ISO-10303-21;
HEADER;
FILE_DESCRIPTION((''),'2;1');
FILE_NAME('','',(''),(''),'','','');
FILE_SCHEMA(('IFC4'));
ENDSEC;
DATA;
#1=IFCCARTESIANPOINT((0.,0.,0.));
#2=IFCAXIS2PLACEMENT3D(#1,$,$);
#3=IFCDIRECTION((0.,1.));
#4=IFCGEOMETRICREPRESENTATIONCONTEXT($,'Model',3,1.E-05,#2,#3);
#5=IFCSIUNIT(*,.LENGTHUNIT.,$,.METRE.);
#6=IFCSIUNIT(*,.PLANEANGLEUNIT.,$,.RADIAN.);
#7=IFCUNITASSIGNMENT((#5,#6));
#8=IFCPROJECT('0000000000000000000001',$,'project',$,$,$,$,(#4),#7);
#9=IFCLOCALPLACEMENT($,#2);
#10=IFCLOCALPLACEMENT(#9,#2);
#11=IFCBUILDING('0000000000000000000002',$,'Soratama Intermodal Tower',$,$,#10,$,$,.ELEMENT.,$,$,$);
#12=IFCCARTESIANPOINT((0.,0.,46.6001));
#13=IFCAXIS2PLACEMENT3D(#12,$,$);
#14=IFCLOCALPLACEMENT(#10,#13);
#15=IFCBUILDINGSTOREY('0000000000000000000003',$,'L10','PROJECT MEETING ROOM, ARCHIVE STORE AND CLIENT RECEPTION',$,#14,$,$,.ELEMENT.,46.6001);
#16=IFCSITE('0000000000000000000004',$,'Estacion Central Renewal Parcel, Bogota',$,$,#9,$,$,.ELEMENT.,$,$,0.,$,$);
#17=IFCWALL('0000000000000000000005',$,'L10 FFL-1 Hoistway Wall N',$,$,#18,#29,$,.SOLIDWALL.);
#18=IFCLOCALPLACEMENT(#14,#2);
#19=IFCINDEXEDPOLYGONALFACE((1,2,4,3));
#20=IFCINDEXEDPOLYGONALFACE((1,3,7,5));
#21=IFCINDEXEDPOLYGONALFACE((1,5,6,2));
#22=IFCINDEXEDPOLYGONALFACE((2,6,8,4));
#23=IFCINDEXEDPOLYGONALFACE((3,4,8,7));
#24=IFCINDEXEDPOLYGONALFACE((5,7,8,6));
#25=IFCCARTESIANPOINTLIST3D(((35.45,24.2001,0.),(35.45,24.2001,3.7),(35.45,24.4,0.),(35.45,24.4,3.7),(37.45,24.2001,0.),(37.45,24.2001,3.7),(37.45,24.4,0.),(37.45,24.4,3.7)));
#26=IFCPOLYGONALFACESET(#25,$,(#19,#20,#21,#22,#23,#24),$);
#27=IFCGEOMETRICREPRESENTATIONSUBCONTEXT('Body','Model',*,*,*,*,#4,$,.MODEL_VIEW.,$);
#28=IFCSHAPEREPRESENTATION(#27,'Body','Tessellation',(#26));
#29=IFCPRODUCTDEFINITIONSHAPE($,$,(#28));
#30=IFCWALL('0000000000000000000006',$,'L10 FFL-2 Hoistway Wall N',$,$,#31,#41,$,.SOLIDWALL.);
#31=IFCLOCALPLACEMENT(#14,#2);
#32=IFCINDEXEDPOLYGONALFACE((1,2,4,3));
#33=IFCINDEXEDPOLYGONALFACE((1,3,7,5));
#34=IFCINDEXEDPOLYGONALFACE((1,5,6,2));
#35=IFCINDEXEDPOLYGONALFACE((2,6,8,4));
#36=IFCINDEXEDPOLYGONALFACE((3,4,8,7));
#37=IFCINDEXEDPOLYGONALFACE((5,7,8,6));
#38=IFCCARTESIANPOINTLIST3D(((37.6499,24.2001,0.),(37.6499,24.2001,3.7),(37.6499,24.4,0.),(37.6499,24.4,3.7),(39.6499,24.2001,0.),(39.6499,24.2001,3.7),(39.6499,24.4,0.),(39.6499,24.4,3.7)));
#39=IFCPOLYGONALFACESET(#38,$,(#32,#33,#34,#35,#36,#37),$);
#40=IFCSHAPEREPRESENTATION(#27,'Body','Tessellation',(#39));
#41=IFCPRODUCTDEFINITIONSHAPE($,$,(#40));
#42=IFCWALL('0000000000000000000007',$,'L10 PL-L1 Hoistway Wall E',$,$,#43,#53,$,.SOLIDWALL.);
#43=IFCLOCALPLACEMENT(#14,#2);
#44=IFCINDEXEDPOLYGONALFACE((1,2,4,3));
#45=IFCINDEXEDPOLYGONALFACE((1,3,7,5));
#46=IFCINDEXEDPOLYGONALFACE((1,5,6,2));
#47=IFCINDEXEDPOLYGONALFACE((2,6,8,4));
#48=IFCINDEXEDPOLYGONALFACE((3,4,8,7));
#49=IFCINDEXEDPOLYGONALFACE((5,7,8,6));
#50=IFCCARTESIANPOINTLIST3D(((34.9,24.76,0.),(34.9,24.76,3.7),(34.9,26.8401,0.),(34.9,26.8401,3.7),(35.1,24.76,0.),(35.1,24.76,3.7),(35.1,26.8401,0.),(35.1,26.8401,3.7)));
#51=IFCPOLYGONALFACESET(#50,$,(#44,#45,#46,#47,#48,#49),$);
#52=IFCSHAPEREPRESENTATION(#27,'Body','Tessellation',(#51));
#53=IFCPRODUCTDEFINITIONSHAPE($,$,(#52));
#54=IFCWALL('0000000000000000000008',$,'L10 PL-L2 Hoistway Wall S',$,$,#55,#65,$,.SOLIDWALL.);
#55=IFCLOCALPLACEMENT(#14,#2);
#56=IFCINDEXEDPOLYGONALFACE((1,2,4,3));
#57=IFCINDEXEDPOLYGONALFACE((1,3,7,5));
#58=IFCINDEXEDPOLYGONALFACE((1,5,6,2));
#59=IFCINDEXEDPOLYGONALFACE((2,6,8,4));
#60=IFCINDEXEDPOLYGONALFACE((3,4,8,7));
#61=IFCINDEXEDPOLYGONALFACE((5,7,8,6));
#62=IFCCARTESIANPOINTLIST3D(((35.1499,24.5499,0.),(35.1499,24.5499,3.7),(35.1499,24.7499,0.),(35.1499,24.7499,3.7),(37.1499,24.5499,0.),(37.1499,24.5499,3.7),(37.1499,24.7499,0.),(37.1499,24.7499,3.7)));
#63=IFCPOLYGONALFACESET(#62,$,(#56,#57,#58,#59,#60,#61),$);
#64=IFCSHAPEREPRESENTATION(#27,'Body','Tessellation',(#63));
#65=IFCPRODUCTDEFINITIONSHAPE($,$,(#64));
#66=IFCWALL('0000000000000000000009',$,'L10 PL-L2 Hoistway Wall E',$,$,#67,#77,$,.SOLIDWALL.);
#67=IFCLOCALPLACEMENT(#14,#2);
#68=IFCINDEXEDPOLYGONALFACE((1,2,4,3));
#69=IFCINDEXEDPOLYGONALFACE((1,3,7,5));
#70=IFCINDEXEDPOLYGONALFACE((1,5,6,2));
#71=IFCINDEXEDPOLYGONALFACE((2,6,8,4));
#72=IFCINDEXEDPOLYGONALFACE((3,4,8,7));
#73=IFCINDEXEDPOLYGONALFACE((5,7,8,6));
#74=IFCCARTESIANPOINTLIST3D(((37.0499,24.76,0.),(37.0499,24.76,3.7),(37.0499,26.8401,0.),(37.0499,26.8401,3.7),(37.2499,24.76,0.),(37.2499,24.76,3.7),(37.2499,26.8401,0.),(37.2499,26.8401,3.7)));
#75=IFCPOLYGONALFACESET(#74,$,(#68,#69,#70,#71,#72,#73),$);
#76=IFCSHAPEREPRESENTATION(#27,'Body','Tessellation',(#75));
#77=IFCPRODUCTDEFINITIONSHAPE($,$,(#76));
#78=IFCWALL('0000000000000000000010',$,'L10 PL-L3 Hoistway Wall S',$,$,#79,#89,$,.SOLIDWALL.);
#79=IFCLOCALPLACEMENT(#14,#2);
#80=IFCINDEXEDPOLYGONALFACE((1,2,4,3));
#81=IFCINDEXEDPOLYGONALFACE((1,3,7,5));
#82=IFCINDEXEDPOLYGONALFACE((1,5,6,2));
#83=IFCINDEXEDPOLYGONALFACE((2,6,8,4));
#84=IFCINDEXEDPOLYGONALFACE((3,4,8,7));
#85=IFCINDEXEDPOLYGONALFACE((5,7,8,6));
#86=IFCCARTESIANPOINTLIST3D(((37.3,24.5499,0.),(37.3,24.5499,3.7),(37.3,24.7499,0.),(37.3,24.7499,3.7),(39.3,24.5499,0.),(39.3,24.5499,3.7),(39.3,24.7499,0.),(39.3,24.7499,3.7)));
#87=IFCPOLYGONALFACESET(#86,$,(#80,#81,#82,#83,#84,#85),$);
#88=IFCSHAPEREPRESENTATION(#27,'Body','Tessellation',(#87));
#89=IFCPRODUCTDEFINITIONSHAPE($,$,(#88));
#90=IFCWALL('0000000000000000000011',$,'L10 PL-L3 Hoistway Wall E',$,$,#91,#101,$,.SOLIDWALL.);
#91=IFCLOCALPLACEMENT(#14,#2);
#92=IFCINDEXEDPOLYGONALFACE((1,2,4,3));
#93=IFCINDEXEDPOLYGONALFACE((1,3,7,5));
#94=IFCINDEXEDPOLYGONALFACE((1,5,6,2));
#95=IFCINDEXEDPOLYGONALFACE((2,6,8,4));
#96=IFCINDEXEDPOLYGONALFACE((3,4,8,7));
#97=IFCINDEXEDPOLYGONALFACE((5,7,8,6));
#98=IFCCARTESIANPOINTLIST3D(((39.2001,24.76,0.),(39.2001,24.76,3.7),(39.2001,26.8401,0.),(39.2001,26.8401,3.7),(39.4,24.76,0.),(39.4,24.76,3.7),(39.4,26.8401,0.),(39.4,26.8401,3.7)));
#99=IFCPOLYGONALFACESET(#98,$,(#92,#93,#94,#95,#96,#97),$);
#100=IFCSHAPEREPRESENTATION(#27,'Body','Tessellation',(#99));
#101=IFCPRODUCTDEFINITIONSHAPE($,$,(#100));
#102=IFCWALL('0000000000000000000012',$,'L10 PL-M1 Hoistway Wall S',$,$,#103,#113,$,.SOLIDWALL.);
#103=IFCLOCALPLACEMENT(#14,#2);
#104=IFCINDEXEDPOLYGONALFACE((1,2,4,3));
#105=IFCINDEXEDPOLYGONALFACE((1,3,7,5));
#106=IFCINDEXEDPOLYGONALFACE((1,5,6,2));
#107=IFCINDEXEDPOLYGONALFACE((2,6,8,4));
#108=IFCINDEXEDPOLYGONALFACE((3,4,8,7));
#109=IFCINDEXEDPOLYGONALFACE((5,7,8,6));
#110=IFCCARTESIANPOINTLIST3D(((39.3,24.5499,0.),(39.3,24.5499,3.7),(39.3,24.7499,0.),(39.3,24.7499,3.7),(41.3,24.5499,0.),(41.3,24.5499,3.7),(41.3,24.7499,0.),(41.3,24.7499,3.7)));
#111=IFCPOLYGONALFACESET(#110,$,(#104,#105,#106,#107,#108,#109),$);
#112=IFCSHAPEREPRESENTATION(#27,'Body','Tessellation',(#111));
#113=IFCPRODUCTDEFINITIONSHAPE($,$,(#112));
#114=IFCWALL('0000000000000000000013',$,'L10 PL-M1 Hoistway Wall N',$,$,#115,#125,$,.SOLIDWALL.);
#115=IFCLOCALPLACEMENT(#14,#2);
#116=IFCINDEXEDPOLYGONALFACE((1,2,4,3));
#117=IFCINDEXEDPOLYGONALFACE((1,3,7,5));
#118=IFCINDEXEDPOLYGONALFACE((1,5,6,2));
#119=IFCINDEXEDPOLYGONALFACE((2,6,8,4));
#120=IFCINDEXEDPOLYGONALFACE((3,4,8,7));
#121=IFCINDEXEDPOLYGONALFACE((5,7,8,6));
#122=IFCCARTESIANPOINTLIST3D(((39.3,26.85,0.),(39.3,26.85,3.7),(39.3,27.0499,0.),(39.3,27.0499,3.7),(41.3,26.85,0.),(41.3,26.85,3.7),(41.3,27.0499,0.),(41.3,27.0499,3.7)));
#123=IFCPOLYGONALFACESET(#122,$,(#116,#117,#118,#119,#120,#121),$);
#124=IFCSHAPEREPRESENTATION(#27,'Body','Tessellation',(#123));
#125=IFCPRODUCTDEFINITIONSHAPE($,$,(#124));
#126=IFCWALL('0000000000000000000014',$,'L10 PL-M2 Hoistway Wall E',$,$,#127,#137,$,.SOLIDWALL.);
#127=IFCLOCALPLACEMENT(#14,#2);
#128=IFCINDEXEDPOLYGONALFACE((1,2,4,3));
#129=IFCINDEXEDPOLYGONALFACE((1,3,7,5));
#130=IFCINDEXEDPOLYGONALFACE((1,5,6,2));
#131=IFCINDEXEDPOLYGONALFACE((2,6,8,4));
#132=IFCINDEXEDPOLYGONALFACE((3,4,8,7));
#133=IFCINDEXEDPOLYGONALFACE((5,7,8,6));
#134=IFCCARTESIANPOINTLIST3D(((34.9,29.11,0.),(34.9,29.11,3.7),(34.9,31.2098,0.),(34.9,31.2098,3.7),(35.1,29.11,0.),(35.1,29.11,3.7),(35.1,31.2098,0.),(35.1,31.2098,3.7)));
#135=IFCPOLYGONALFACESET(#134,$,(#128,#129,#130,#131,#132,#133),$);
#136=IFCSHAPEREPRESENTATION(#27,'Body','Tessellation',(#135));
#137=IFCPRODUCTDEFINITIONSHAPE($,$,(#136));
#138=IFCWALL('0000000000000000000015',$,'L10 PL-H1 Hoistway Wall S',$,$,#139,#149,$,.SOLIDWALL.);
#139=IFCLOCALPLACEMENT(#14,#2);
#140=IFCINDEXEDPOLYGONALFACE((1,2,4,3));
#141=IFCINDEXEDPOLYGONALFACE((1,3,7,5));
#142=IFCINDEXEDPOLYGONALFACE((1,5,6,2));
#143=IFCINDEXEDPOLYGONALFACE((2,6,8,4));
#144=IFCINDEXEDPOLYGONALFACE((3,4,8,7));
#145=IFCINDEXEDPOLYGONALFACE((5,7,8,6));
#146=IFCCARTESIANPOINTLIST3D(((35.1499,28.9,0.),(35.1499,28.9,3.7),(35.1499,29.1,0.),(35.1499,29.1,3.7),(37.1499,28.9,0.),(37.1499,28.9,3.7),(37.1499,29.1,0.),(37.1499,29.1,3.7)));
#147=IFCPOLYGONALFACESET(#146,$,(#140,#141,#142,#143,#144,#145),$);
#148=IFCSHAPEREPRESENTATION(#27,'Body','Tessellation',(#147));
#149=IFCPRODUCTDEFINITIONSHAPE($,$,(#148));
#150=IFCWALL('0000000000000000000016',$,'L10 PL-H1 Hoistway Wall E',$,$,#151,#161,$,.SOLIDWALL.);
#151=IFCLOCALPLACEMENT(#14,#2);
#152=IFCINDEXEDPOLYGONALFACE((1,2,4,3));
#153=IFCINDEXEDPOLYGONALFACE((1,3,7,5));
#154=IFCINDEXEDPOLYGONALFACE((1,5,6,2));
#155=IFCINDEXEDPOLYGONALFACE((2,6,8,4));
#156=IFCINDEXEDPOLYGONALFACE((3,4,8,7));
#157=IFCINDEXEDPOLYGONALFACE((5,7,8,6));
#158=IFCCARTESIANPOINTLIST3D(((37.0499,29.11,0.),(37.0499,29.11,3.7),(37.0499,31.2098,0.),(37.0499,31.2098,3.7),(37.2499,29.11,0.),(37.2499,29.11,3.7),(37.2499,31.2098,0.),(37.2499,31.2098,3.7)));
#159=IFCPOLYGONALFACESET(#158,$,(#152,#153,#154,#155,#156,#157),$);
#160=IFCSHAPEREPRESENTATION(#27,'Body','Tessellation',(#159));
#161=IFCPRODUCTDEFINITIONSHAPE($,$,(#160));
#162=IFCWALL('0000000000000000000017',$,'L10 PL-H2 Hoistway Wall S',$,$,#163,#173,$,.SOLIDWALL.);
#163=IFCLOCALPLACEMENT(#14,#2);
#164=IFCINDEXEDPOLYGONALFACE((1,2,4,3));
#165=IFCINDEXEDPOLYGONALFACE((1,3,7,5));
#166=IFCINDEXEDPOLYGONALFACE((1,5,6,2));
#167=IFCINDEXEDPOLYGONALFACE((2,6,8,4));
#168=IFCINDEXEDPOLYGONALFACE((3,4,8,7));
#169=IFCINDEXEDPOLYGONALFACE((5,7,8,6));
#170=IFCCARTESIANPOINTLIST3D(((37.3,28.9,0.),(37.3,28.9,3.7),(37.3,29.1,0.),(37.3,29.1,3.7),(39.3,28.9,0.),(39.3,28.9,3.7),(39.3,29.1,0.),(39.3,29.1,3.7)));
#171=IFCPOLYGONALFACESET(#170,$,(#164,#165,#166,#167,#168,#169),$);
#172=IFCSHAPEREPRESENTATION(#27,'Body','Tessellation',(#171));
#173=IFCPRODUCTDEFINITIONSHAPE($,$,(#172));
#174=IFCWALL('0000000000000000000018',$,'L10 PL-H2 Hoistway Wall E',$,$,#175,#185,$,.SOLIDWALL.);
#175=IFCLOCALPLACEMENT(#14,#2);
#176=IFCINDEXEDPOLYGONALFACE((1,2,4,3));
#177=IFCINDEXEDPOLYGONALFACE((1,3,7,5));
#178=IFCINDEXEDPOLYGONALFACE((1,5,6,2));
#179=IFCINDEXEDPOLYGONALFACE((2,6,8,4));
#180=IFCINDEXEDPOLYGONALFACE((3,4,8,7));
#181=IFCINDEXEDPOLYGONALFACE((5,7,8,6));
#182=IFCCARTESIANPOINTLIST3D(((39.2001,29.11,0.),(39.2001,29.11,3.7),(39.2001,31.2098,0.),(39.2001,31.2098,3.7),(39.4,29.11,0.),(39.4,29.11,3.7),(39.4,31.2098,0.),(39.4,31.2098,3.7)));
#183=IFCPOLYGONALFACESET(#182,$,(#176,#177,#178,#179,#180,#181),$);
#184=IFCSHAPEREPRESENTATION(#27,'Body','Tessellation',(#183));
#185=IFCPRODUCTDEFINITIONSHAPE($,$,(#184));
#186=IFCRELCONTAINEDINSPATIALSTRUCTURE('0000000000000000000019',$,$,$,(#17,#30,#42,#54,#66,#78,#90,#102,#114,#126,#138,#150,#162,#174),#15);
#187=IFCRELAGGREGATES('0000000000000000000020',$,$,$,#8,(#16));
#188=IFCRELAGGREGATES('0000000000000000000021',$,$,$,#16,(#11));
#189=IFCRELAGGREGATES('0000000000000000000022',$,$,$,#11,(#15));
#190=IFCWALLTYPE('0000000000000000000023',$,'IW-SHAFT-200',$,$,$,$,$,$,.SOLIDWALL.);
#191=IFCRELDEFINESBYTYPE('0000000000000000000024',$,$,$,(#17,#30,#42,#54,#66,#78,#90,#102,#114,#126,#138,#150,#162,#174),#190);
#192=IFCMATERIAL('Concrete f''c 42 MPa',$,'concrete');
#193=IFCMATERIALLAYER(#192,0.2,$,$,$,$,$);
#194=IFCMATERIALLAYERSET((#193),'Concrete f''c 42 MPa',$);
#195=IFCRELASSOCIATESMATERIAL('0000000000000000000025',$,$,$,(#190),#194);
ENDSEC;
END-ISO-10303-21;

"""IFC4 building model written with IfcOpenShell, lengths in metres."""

from ifc_helpers import new_model, si_unit, direction, frame, frame_2d, origin, place, context, subcontext, project, spatial, rectangle, extrude, material, layer, layer_set, type_object, element, save


model = new_model("IFC4")

# Units and contexts
model_context = context("Model", 3, precision=1e-05, world=origin(), true_north=direction((0.0, 1.0)))
body_context = subcontext(model_context, "Body", "Model", "MODEL_VIEW")
ifc_project = project(units=[si_unit("LENGTHUNIT", "METRE"), si_unit("PLANEANGLEUNIT", "RADIAN")], contexts=[model_context])

# Site, building, storey
site_placement = place(None, origin())
site = spatial("IfcSite", under=ifc_project, at=site_placement, Name="Estacion Central Renewal Parcel, Bogota", CompositionType="ELEMENT", RefElevation=0.0)
building_placement = place(site_placement, origin())
building = spatial("IfcBuilding", under=site, at=building_placement, Name="Soratama Intermodal Tower", CompositionType="ELEMENT")
storey_placement = place(building_placement, frame((0.0, 0.0, 46.6001)))
storey = spatial("IfcBuildingStorey", under=building, at=storey_placement, Name="L10", Description="PROJECT MEETING ROOM, ARCHIVE STORE AND CLIENT RECEPTION", CompositionType="ELEMENT", Elevation=46.6001)

# Walls
ifc_material_1 = material(Name="Concrete f'c 42 MPa", Category="concrete")
ifc_layer_1 = layer(ifc_material_1, 0.2)
ifc_layer_set_1 = layer_set([ifc_layer_1], Name="Concrete f'c 42 MPa")
wall_type = type_object("IfcWallType", Name="IW-SHAFT-200", PredefinedType="SOLIDWALL", material=ifc_layer_set_1)
for number, where, z_axis, x_axis, name in (
    (1, (35.45, 24.3, 0.0), (0.0, 0.0, 1.0), (1.0, 0.0, 0.0), "L10 FFL-1 Hoistway Wall N"),
    (2, (37.6499, 24.3, 0.0), (0.0, 0.0, 1.0), (1.0, 0.0, 0.0), "L10 FFL-2 Hoistway Wall N"),
):
    element("IfcWall", number, at=place(storey_placement, frame(where, z_axis=z_axis, x_axis=x_axis)), inside=storey, type_object=wall_type, Name=name, PredefinedType="SOLIDWALL", context=body_context, shape_type="SweptSolid", body=[
        extrude(rectangle(XDim=2.0, YDim=0.2, at=frame_2d((1.0, 0.0))), origin(), (0.0, 0.0, 1.0), 3.7),
    ])
wall_1_placement = place(storey_placement, frame((35.0, 24.76, 0.0), z_axis=(0.0, 0.0, 1.0), x_axis=(0.0, 1.0, 0.0)))
element("IfcWall", 3, at=wall_1_placement, inside=storey, type_object=wall_type, Name="L10 PL-L1 Hoistway Wall E", PredefinedType="SOLIDWALL", context=body_context, shape_type="SweptSolid", body=[
    extrude(rectangle(XDim=2.0801, YDim=0.2, at=frame_2d((1.04, 0.0))), origin(), (0.0, 0.0, 1.0), 3.7),
])
wall_2_placement = place(storey_placement, frame((35.1499, 24.6499, 0.0), z_axis=(0.0, 0.0, 1.0), x_axis=(1.0, 0.0, 0.0)))
element("IfcWall", 4, at=wall_2_placement, inside=storey, type_object=wall_type, Name="L10 PL-L2 Hoistway Wall S", PredefinedType="SOLIDWALL", context=body_context, shape_type="SweptSolid", body=[
    extrude(rectangle(XDim=2.0, YDim=0.2, at=frame_2d((1.0, 0.0))), origin(), (0.0, 0.0, 1.0), 3.7),
])

# Walls
wall_3_placement = place(storey_placement, frame((37.1499, 24.76, 0.0), z_axis=(0.0, 0.0, 1.0), x_axis=(0.0, 1.0, 0.0)))
element("IfcWall", 5, at=wall_3_placement, inside=storey, type_object=wall_type, Name="L10 PL-L2 Hoistway Wall E", PredefinedType="SOLIDWALL", context=body_context, shape_type="SweptSolid", body=[
    extrude(rectangle(XDim=2.0801, YDim=0.2, at=frame_2d((1.04, 0.0))), origin(), (0.0, 0.0, 1.0), 3.7),
])
wall_4_placement = place(storey_placement, frame((37.3, 24.6499, 0.0), z_axis=(0.0, 0.0, 1.0), x_axis=(1.0, 0.0, 0.0)))
element("IfcWall", 6, at=wall_4_placement, inside=storey, type_object=wall_type, Name="L10 PL-L3 Hoistway Wall S", PredefinedType="SOLIDWALL", context=body_context, shape_type="SweptSolid", body=[
    extrude(rectangle(XDim=2.0, YDim=0.2, at=frame_2d((1.0, 0.0))), origin(), (0.0, 0.0, 1.0), 3.7),
])

# Walls
wall_5_placement = place(storey_placement, frame((39.3, 24.76, 0.0), z_axis=(0.0, 0.0, 1.0), x_axis=(0.0, 1.0, 0.0)))
element("IfcWall", 7, at=wall_5_placement, inside=storey, type_object=wall_type, Name="L10 PL-L3 Hoistway Wall E", PredefinedType="SOLIDWALL", context=body_context, shape_type="SweptSolid", body=[
    extrude(rectangle(XDim=2.0801, YDim=0.2, at=frame_2d((1.04, 0.0))), origin(), (0.0, 0.0, 1.0), 3.7),
])
for number, where, z_axis, x_axis, name in (
    (8, (39.3, 24.6499, 0.0), (0.0, 0.0, 1.0), (1.0, 0.0, 0.0), "L10 PL-M1 Hoistway Wall S"),
    (9, (39.3, 26.95, 0.0), (0.0, 0.0, 1.0), (1.0, 0.0, 0.0), "L10 PL-M1 Hoistway Wall N"),
):
    element("IfcWall", number, at=place(storey_placement, frame(where, z_axis=z_axis, x_axis=x_axis)), inside=storey, type_object=wall_type, Name=name, PredefinedType="SOLIDWALL", context=body_context, shape_type="SweptSolid", body=[
        extrude(rectangle(XDim=2.0, YDim=0.2, at=frame_2d((1.0, 0.0))), origin(), (0.0, 0.0, 1.0), 3.7),
    ])
wall_6_placement = place(storey_placement, frame((35.0, 29.1101, 0.0), z_axis=(0.0, 0.0, 1.0), x_axis=(0.0, 1.0, 0.0)))
element("IfcWall", 10, at=wall_6_placement, inside=storey, type_object=wall_type, Name="L10 PL-M2 Hoistway Wall E", PredefinedType="SOLIDWALL", context=body_context, shape_type="SweptSolid", body=[
    extrude(rectangle(XDim=2.0999, YDim=0.2, at=frame_2d((1.0498, 0.0))), origin(), (0.0, 0.0, 1.0), 3.7),
])
wall_7_placement = place(storey_placement, frame((35.1499, 29.0, 0.0), z_axis=(0.0, 0.0, 1.0), x_axis=(1.0, 0.0, 0.0)))
element("IfcWall", 11, at=wall_7_placement, inside=storey, type_object=wall_type, Name="L10 PL-H1 Hoistway Wall S", PredefinedType="SOLIDWALL", context=body_context, shape_type="SweptSolid", body=[
    extrude(rectangle(XDim=2.0, YDim=0.2, at=frame_2d((1.0, 0.0))), origin(), (0.0, 0.0, 1.0), 3.7),
])
wall_8_placement = place(storey_placement, frame((37.1499, 29.1101, 0.0), z_axis=(0.0, 0.0, 1.0), x_axis=(0.0, 1.0, 0.0)))
element("IfcWall", 12, at=wall_8_placement, inside=storey, type_object=wall_type, Name="L10 PL-H1 Hoistway Wall E", PredefinedType="SOLIDWALL", context=body_context, shape_type="SweptSolid", body=[
    extrude(rectangle(XDim=2.0999, YDim=0.2, at=frame_2d((1.0498, 0.0))), origin(), (0.0, 0.0, 1.0), 3.7),
])
wall_9_placement = place(storey_placement, frame((37.3, 29.0, 0.0), z_axis=(0.0, 0.0, 1.0), x_axis=(1.0, 0.0, 0.0)))
element("IfcWall", 13, at=wall_9_placement, inside=storey, type_object=wall_type, Name="L10 PL-H2 Hoistway Wall S", PredefinedType="SOLIDWALL", context=body_context, shape_type="SweptSolid", body=[
    extrude(rectangle(XDim=2.0, YDim=0.2, at=frame_2d((1.0, 0.0))), origin(), (0.0, 0.0, 1.0), 3.7),
])
wall_10_placement = place(storey_placement, frame((39.3, 29.1101, 0.0), z_axis=(0.0, 0.0, 1.0), x_axis=(0.0, 1.0, 0.0)))
element("IfcWall", 14, at=wall_10_placement, inside=storey, type_object=wall_type, Name="L10 PL-H2 Hoistway Wall E", PredefinedType="SOLIDWALL", context=body_context, shape_type="SweptSolid", body=[
    extrude(rectangle(XDim=2.0999, YDim=0.2, at=frame_2d((1.0498, 0.0))), origin(), (0.0, 0.0, 1.0), 3.7),
])

save(model, "model.ifc")
